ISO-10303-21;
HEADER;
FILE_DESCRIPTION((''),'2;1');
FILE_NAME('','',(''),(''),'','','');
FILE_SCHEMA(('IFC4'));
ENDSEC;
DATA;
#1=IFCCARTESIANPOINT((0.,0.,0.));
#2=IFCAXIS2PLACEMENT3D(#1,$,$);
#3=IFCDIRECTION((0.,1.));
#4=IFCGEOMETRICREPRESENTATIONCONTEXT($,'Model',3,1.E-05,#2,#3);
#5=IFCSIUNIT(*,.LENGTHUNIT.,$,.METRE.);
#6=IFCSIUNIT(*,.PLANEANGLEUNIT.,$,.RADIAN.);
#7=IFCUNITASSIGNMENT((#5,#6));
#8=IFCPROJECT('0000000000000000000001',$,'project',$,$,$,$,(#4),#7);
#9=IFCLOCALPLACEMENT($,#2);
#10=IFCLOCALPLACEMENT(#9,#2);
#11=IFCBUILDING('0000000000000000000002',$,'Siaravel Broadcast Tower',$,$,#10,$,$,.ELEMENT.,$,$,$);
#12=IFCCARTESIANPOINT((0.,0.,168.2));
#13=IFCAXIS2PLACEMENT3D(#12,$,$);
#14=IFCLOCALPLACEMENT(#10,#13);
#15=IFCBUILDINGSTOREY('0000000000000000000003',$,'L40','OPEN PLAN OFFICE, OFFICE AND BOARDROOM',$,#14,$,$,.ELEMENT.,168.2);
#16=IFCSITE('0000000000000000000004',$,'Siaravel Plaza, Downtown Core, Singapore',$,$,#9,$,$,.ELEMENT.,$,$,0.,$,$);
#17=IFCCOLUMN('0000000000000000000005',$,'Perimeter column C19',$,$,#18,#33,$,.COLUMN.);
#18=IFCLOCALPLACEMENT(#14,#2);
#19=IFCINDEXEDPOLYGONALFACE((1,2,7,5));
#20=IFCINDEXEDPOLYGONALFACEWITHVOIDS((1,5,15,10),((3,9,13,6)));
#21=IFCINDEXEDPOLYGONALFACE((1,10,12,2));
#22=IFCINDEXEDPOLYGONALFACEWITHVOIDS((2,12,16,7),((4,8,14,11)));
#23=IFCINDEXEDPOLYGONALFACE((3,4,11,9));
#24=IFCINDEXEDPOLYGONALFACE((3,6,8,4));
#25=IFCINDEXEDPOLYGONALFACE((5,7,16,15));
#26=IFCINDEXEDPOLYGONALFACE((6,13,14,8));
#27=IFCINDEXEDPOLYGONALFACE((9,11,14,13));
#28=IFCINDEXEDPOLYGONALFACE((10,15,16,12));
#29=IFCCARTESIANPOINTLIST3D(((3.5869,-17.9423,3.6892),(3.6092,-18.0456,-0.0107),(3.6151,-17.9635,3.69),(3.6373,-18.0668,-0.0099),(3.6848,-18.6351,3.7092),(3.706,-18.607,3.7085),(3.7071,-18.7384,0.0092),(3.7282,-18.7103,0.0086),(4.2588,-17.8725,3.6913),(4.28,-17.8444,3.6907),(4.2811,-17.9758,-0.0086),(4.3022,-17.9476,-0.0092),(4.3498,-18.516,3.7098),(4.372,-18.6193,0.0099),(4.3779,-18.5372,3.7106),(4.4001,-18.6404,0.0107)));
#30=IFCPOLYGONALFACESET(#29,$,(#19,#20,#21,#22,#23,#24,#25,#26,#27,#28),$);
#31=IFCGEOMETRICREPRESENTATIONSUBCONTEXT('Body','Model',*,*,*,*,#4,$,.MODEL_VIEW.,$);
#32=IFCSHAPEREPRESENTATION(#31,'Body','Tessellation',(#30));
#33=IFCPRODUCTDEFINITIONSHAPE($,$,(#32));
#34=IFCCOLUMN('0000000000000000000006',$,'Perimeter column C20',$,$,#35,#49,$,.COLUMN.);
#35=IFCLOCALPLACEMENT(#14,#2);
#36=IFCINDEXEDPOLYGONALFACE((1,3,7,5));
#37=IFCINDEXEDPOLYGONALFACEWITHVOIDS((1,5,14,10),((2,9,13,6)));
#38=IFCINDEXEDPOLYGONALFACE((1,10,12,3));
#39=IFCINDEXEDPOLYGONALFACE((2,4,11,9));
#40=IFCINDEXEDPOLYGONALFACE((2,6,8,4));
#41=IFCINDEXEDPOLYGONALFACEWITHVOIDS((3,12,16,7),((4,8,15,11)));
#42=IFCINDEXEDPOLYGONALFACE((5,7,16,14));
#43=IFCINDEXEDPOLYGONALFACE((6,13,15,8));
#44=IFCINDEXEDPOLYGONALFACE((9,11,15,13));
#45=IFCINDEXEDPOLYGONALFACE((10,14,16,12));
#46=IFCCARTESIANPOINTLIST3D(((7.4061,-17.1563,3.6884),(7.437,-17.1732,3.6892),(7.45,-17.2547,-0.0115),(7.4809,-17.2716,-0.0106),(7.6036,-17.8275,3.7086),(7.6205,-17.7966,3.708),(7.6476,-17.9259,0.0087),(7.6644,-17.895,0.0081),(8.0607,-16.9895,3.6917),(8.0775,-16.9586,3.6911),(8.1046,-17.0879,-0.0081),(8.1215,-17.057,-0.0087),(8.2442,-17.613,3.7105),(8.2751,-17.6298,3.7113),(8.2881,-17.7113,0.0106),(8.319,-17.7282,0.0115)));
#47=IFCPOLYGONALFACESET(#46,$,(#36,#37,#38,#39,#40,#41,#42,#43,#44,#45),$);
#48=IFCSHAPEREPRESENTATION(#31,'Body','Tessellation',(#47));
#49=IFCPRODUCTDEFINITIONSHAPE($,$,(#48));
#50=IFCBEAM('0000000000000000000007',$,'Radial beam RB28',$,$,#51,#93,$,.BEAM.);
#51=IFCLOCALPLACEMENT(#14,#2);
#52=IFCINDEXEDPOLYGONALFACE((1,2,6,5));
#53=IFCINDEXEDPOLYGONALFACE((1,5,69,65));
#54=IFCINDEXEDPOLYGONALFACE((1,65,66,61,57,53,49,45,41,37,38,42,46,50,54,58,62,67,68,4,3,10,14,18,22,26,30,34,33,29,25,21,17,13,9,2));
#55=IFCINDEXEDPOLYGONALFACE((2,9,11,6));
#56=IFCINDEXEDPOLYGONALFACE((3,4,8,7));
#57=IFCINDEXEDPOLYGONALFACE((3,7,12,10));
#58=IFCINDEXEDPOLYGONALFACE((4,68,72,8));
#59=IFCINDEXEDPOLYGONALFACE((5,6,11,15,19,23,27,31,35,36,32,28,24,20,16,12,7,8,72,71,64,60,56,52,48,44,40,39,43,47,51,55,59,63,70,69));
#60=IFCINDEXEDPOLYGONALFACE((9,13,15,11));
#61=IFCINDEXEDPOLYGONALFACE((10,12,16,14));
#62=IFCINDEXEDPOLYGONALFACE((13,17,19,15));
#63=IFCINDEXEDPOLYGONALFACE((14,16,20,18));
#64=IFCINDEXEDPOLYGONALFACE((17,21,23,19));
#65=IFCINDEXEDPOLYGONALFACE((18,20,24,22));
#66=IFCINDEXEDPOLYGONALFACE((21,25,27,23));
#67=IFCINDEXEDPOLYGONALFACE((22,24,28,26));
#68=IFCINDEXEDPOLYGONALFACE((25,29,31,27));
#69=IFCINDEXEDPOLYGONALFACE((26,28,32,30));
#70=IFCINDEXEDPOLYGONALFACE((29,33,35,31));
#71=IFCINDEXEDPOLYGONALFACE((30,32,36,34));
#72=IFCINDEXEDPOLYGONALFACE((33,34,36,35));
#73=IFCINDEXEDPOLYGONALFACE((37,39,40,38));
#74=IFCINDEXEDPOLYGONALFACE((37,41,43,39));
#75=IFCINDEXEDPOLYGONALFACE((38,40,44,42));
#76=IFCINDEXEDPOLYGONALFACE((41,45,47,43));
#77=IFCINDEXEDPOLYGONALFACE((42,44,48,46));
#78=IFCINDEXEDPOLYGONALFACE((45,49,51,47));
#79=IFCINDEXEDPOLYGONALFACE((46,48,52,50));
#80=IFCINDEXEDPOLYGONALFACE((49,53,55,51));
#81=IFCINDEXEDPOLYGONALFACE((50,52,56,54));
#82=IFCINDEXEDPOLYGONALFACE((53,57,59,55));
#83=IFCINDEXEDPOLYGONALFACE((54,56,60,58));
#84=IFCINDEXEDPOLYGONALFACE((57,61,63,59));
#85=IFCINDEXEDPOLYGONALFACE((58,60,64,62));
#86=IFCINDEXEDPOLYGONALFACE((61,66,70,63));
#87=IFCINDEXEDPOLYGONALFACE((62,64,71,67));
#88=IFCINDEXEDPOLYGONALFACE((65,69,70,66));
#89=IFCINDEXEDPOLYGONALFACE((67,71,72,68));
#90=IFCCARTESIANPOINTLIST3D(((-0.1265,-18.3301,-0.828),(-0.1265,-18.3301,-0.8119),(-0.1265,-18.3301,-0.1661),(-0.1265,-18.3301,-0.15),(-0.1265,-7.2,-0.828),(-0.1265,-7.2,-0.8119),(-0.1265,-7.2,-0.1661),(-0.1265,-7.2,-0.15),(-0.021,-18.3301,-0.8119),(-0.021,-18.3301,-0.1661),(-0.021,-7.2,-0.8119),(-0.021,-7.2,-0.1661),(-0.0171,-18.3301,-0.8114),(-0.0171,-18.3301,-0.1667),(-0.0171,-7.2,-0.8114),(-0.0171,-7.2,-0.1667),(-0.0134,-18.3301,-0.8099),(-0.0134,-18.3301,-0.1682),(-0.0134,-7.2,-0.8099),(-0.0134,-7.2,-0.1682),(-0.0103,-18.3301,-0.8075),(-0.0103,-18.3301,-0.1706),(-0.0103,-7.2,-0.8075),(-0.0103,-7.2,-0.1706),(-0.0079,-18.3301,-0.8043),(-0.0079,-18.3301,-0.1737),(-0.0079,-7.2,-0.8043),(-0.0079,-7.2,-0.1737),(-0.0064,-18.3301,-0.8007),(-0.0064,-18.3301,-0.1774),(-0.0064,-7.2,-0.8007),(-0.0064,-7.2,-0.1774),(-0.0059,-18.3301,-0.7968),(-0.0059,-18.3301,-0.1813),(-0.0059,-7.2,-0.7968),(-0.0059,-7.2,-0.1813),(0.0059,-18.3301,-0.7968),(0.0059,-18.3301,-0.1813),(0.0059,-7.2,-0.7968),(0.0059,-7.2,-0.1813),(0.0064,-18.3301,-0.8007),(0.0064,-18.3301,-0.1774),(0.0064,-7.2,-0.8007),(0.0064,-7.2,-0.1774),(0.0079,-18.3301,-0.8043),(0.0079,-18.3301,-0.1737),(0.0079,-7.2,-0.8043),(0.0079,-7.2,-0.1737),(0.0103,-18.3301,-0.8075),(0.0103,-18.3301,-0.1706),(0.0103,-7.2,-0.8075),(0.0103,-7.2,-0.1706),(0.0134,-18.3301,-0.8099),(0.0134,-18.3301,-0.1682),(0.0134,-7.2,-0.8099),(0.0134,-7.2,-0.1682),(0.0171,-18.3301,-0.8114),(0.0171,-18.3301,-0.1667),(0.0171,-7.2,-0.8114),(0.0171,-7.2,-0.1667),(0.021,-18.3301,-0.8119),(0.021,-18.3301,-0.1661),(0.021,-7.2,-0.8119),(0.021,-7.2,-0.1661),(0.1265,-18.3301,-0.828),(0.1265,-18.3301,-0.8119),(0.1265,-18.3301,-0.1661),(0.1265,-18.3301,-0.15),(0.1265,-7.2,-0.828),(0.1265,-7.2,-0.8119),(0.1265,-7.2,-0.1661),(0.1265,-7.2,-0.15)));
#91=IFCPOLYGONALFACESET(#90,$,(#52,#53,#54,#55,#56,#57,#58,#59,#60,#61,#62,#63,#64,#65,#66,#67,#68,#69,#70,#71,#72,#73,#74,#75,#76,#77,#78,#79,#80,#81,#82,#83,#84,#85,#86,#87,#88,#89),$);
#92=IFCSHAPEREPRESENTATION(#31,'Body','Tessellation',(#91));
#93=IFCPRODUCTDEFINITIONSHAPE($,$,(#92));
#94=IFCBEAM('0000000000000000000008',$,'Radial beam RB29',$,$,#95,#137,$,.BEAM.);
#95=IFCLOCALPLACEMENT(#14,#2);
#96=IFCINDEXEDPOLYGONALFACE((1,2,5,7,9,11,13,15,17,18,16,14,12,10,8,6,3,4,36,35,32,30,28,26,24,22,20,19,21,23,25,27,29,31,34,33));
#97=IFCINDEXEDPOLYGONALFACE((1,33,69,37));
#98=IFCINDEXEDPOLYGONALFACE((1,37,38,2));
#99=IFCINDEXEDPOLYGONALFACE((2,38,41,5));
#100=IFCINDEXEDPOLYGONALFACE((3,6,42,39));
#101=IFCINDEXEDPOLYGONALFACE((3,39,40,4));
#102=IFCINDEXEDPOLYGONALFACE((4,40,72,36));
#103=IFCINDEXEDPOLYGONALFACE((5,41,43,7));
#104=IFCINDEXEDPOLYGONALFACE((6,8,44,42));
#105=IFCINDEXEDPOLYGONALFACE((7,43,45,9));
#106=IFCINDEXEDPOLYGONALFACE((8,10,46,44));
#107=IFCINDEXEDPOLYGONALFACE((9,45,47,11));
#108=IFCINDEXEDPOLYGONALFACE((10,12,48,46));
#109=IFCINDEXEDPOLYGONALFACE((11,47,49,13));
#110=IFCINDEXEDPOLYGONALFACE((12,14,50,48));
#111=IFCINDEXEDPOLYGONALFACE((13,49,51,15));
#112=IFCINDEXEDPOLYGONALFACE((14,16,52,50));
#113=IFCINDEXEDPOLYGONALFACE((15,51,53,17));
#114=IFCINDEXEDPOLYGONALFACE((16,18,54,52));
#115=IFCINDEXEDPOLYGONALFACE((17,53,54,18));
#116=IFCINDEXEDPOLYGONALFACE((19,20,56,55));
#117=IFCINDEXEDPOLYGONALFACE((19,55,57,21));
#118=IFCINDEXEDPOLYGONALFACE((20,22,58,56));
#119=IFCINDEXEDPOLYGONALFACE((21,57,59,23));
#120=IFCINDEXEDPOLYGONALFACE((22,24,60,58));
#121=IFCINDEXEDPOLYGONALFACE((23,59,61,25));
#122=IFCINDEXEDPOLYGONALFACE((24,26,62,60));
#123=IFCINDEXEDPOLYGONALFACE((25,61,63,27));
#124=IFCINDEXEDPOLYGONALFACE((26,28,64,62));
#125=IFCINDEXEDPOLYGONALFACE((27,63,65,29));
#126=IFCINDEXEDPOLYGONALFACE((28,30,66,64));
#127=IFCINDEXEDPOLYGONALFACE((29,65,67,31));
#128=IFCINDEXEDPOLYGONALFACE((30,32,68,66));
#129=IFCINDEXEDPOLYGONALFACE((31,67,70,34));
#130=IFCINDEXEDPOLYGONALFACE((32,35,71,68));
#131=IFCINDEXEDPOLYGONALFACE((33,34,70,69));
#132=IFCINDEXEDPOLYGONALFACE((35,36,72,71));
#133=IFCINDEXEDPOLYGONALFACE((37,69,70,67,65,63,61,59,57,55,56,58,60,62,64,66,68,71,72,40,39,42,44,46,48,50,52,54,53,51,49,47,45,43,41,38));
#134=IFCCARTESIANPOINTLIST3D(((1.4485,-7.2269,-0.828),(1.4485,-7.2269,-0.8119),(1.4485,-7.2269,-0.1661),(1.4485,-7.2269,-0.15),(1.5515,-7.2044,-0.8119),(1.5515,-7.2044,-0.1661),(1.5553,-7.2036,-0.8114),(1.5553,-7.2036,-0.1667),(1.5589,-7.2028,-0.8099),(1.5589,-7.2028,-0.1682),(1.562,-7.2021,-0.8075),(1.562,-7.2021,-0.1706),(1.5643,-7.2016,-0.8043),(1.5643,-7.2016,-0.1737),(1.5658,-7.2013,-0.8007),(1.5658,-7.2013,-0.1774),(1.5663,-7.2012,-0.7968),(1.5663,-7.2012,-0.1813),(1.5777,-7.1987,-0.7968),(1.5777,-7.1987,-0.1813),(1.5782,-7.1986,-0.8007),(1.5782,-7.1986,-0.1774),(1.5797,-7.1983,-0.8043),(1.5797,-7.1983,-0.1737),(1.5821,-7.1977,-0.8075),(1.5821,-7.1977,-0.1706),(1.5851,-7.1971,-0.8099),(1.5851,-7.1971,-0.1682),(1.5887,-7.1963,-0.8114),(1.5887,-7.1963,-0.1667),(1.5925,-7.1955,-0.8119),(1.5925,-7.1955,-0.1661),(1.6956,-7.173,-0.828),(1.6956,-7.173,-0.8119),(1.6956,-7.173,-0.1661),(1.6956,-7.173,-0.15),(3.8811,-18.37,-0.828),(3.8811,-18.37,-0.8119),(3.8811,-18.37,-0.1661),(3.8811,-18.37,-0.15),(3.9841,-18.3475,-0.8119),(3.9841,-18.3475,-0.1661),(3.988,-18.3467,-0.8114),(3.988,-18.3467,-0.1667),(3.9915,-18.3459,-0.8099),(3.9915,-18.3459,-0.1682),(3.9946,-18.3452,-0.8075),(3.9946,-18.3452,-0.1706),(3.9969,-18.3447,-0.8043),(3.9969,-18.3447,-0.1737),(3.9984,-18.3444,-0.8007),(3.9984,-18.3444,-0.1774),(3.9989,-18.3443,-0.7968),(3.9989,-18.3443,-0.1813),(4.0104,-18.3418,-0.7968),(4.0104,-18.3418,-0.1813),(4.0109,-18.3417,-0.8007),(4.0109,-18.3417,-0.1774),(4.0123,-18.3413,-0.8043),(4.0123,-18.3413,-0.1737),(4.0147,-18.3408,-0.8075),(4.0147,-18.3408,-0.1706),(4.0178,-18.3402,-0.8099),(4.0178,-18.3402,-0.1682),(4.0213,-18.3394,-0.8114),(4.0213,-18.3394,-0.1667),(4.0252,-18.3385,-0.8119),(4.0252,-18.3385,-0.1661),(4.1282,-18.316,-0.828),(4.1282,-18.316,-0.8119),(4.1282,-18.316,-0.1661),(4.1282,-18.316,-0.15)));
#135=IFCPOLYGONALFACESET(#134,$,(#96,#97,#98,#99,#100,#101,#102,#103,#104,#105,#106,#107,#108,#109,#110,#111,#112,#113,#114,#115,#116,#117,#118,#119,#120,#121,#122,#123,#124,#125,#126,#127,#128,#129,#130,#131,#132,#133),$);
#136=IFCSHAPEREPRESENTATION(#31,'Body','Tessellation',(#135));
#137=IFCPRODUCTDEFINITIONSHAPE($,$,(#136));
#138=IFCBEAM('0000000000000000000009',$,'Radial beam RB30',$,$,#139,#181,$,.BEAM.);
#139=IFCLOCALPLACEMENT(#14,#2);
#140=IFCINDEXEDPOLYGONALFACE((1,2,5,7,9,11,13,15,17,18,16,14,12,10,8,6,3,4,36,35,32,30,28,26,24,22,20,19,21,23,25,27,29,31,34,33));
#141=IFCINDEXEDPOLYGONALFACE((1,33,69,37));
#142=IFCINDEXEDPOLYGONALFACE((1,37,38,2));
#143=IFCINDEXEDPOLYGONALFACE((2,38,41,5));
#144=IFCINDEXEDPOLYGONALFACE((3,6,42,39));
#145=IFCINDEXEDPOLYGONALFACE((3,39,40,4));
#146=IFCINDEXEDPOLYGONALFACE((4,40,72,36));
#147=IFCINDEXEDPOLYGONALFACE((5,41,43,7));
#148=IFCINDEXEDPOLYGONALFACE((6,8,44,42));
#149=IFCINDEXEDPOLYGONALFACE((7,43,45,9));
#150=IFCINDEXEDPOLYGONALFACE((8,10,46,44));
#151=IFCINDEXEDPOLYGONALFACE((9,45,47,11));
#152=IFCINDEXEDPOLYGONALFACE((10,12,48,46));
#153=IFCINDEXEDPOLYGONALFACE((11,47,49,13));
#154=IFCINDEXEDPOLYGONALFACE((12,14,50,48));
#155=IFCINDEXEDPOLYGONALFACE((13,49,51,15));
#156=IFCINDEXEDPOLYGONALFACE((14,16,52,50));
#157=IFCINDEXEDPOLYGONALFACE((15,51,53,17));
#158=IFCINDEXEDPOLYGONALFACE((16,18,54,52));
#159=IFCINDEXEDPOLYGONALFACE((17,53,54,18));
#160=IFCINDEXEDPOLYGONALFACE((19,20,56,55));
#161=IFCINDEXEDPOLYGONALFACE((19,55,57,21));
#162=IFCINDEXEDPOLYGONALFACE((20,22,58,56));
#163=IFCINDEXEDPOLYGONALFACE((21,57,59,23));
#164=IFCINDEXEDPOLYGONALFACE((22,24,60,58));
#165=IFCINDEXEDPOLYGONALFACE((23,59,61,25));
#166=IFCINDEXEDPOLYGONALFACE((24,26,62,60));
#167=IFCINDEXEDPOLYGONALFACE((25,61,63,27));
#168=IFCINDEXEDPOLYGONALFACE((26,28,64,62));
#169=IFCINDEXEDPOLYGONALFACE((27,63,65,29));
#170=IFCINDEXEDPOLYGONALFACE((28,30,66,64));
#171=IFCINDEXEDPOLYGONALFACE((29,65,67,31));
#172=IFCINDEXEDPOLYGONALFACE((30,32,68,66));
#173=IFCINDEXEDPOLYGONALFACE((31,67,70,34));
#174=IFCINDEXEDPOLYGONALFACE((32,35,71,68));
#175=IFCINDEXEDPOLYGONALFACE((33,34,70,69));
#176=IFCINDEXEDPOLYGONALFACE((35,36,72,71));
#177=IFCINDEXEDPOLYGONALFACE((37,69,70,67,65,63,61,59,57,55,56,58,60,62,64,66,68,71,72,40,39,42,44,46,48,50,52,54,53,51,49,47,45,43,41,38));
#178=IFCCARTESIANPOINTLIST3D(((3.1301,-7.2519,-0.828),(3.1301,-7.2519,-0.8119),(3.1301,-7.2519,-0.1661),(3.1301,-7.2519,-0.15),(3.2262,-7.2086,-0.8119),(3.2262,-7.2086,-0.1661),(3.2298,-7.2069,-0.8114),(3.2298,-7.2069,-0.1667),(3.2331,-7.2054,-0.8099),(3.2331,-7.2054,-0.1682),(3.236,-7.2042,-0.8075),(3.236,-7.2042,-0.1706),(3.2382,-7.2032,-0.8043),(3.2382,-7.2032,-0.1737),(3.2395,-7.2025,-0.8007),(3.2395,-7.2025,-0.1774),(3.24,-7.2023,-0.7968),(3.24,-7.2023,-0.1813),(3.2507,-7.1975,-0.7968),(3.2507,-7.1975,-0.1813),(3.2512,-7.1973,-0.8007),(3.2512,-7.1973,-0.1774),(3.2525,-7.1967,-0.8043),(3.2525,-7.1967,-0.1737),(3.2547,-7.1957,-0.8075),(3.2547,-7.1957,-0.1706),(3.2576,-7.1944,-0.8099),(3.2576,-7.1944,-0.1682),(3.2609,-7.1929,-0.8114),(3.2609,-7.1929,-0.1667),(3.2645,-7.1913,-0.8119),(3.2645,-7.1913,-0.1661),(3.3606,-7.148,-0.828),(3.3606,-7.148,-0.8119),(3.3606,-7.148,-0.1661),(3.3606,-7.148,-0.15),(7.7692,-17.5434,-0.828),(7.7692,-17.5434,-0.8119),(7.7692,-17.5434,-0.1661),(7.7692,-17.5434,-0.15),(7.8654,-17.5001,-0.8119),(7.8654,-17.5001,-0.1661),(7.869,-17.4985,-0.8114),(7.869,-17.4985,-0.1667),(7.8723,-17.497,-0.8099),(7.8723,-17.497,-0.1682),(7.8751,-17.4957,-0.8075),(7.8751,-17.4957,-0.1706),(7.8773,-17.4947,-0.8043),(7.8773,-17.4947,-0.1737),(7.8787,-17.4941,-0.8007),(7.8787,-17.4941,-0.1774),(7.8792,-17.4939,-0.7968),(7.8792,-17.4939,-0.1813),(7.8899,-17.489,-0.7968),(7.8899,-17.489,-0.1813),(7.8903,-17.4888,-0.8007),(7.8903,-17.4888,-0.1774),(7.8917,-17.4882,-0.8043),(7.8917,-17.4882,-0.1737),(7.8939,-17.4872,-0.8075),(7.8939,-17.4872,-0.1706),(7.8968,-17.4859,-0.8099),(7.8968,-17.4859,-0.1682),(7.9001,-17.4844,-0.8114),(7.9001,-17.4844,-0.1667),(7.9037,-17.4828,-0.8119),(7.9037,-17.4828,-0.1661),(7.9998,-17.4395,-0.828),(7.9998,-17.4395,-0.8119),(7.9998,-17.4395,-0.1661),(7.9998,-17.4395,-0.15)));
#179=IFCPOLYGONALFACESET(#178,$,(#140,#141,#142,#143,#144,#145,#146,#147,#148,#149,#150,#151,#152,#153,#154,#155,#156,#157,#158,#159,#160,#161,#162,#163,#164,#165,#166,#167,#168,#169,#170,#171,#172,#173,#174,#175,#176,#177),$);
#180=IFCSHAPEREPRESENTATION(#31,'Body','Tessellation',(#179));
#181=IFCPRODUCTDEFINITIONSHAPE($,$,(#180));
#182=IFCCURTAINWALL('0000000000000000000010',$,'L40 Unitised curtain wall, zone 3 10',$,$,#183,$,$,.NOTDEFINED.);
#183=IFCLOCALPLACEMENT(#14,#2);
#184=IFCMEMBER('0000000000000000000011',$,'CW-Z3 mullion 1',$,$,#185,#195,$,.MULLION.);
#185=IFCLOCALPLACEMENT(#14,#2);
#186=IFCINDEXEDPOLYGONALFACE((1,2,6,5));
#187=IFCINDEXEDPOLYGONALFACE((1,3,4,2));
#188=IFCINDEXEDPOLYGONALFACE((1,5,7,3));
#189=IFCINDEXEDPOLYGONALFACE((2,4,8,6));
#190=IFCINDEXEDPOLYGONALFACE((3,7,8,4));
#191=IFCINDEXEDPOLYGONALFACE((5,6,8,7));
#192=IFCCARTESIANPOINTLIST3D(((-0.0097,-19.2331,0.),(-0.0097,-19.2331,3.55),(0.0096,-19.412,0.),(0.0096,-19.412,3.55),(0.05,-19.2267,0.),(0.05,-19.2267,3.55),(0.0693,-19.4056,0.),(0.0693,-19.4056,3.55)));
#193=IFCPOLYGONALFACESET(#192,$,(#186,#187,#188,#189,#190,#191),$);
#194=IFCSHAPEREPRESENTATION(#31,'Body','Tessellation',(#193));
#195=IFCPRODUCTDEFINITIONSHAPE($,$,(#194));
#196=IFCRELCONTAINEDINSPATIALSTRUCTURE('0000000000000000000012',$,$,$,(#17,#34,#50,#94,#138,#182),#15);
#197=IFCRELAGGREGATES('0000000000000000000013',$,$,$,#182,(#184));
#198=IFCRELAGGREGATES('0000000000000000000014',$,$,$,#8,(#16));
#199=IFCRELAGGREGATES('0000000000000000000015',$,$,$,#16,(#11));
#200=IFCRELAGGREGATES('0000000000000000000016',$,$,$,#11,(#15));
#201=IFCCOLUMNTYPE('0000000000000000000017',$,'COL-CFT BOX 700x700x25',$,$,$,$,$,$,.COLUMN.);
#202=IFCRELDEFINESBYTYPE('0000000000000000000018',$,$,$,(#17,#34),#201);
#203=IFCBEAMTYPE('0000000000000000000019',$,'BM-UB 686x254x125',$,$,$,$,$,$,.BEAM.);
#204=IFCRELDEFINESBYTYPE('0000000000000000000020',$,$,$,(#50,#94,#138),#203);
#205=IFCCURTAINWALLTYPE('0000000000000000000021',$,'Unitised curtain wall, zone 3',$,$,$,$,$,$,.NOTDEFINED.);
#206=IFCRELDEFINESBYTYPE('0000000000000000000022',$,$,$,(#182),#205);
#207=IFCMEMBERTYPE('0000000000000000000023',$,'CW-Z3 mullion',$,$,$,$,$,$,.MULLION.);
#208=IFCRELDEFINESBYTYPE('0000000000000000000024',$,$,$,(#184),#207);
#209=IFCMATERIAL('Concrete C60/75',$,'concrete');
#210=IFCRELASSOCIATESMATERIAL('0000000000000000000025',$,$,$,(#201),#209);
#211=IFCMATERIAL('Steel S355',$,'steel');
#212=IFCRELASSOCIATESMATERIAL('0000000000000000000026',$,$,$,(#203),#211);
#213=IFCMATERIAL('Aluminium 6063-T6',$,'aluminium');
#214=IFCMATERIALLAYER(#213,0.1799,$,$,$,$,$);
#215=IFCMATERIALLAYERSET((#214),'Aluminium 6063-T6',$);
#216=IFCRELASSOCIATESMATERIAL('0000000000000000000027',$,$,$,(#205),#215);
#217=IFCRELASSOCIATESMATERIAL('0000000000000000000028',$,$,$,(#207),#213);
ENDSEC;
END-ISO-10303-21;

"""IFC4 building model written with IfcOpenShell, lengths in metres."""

from ifc_helpers import new_model, si_unit, direction, frame, origin, origin_2d, place, context, subcontext, project, spatial, rectangle, hollow_rectangle, i_section, extrude, material, layer, layer_set, material_profile, profile_set, type_object, element, aggregate, save


model = new_model("IFC4")

# Units and contexts
model_context = context("Model", 3, precision=1e-05, world=origin(), true_north=direction((0.0, 1.0)))
body_context = subcontext(model_context, "Body", "Model", "MODEL_VIEW")
ifc_project = project(units=[si_unit("LENGTHUNIT", "METRE"), si_unit("PLANEANGLEUNIT", "RADIAN")], contexts=[model_context])

# Site, building, storey
site_placement = place(None, origin())
site = spatial("IfcSite", under=ifc_project, at=site_placement, Name="Siaravel Plaza, Downtown Core, Singapore", CompositionType="ELEMENT", RefElevation=0.0)
building_placement = place(site_placement, origin())
building = spatial("IfcBuilding", under=site, at=building_placement, Name="Siaravel Broadcast Tower", CompositionType="ELEMENT")
storey_placement = place(building_placement, frame((0.0, 0.0, 168.2)))
storey = spatial("IfcBuildingStorey", under=building, at=storey_placement, Name="L40", Description="OPEN PLAN OFFICE, OFFICE AND BOARDROOM", CompositionType="ELEMENT", Elevation=168.2)

# Columns
ifc_material_1 = material(Name="Concrete C60/75", Category="concrete")
ifc_material_profile_1 = material_profile(ifc_material_1, hollow_rectangle(XDim=0.7, YDim=0.7, WallThickness=0.0249, at=origin_2d()))
ifc_profile_set_1 = profile_set([ifc_material_profile_1], Name="Concrete C60/75")
column_type = type_object("IfcColumnType", Name="COL-CFT BOX 700x700x25", PredefinedType="COLUMN", material=ifc_profile_set_1)
for number, where, z_axis, x_axis, name in (
    (1, (4.0046, -18.343, 0.0), (-0.006002, 0.0279, 0.999593), (-0.990155, -0.139962, -0.002039), "Perimeter column C19"),
    (2, (7.8845, -17.4915, 0.0), (-0.011872, 0.026581, 0.999576), (-0.959267, -0.282476, -0.003882), "Perimeter column C20"),
):
    element("IfcColumn", number, at=place(storey_placement, frame(where, z_axis=z_axis, x_axis=x_axis)), inside=storey, type_object=column_type, Name=name, PredefinedType="COLUMN", context=body_context, shape_type="SweptSolid", body=[
        extrude(hollow_rectangle(XDim=0.7, YDim=0.7, WallThickness=0.0249, at=origin_2d()), origin(), (0.0, 0.0, 1.0), 3.7014),
    ])

# Beams
ifc_material_2 = material(Name="Steel S355", Category="steel")
ifc_material_profile_2 = material_profile(ifc_material_2, i_section(OverallWidth=0.2529, OverallDepth=0.678, WebThickness=0.0117, FlangeThickness=0.0161, FilletRadius=0.0151, at=origin_2d()))
ifc_profile_set_2 = profile_set([ifc_material_profile_2], Name="Steel S355")
beam_type = type_object("IfcBeamType", Name="BM-UB 686x254x125", PredefinedType="BEAM", material=ifc_profile_set_2)
beam_1_placement = place(storey_placement, frame((0.0, -18.3301, -0.489), z_axis=(0.0, 1.0, 0.0), x_axis=(-1.0, 0.0, 0.0)))
element("IfcBeam", 3, at=beam_1_placement, inside=storey, type_object=beam_type, Name="Radial beam RB28", PredefinedType="BEAM", context=body_context, shape_type="SweptSolid", body=[
    extrude(i_section(OverallWidth=0.2529, OverallDepth=0.678, WebThickness=0.0117, FlangeThickness=0.0161, FilletRadius=0.0151, at=origin_2d()), origin(), (0.0, 0.0, 1.0), 11.1301),
])
beam_2_placement = place(storey_placement, frame((4.0046, -18.343, -0.489), z_axis=(-0.213284, 0.97699, 0.0), x_axis=(-0.97699, -0.213284, 0.0)))
element("IfcBeam", 4, at=beam_2_placement, inside=storey, type_object=beam_type, Name="Radial beam RB29", PredefinedType="BEAM", context=body_context, shape_type="SweptSolid", body=[
    extrude(i_section(OverallWidth=0.2529, OverallDepth=0.678, WebThickness=0.0117, FlangeThickness=0.0161, FilletRadius=0.0151, at=origin_2d()), origin(), (0.0, 0.0, 1.0), 11.4055),
])
beam_3_placement = place(storey_placement, frame((7.8845, -17.4915, -0.489), z_axis=(-0.410953, 0.911657, 0.0), x_axis=(-0.911657, -0.410953, 0.0)))
element("IfcBeam", 5, at=beam_3_placement, inside=storey, type_object=beam_type, Name="Radial beam RB30", PredefinedType="BEAM", context=body_context, shape_type="SweptSolid", body=[
    extrude(i_section(OverallWidth=0.2529, OverallDepth=0.678, WebThickness=0.0117, FlangeThickness=0.0161, FilletRadius=0.0151, at=origin_2d()), origin(), (0.0, 0.0, 1.0), 11.2888),
])

# Curtain wall, member
ifc_material_3 = material(Name="Aluminium 6063-T6", Category="aluminium")
ifc_layer_1 = layer(ifc_material_3, 0.1799)
ifc_layer_set_1 = layer_set([ifc_layer_1], Name="Aluminium 6063-T6")
curtain_wall_type = type_object("IfcCurtainWallType", Name="Unitised curtain wall, zone 3", PredefinedType="NOTDEFINED", material=ifc_layer_set_1)
curtain_wall_placement = place(storey_placement, origin())
curtain_wall = element("IfcCurtainWall", 6, at=curtain_wall_placement, inside=storey, type_object=curtain_wall_type, Name="L40 Unitised curtain wall, zone 3 10", PredefinedType="NOTDEFINED")
ifc_material_profile_3 = material_profile(ifc_material_3, rectangle(XDim=0.1799, YDim=0.0601, at=origin_2d()))
ifc_profile_set_3 = profile_set([ifc_material_profile_3], Name="Aluminium 6063-T6")
member_type_1 = type_object("IfcMemberType", Name="CW-Z3 mullion", PredefinedType="MULLION", material=ifc_profile_set_3)
member_1_placement = place(storey_placement, frame((0.0298, -19.3193, 0.0), z_axis=(0.0, 0.0, 1.0), x_axis=(-0.107217, 0.994236, 0.0)))
member_1 = element("IfcMember", 7, at=member_1_placement, type_object=member_type_1, Name="CW-Z3 mullion 1", PredefinedType="MULLION", context=body_context, shape_type="SweptSolid", body=[
    extrude(rectangle(XDim=0.1799, YDim=0.0601, at=origin_2d()), origin(), (0.0, 0.0, 1.0), 3.55),
])

aggregate(curtain_wall, [member_1])

save(model, "model.ifc")
